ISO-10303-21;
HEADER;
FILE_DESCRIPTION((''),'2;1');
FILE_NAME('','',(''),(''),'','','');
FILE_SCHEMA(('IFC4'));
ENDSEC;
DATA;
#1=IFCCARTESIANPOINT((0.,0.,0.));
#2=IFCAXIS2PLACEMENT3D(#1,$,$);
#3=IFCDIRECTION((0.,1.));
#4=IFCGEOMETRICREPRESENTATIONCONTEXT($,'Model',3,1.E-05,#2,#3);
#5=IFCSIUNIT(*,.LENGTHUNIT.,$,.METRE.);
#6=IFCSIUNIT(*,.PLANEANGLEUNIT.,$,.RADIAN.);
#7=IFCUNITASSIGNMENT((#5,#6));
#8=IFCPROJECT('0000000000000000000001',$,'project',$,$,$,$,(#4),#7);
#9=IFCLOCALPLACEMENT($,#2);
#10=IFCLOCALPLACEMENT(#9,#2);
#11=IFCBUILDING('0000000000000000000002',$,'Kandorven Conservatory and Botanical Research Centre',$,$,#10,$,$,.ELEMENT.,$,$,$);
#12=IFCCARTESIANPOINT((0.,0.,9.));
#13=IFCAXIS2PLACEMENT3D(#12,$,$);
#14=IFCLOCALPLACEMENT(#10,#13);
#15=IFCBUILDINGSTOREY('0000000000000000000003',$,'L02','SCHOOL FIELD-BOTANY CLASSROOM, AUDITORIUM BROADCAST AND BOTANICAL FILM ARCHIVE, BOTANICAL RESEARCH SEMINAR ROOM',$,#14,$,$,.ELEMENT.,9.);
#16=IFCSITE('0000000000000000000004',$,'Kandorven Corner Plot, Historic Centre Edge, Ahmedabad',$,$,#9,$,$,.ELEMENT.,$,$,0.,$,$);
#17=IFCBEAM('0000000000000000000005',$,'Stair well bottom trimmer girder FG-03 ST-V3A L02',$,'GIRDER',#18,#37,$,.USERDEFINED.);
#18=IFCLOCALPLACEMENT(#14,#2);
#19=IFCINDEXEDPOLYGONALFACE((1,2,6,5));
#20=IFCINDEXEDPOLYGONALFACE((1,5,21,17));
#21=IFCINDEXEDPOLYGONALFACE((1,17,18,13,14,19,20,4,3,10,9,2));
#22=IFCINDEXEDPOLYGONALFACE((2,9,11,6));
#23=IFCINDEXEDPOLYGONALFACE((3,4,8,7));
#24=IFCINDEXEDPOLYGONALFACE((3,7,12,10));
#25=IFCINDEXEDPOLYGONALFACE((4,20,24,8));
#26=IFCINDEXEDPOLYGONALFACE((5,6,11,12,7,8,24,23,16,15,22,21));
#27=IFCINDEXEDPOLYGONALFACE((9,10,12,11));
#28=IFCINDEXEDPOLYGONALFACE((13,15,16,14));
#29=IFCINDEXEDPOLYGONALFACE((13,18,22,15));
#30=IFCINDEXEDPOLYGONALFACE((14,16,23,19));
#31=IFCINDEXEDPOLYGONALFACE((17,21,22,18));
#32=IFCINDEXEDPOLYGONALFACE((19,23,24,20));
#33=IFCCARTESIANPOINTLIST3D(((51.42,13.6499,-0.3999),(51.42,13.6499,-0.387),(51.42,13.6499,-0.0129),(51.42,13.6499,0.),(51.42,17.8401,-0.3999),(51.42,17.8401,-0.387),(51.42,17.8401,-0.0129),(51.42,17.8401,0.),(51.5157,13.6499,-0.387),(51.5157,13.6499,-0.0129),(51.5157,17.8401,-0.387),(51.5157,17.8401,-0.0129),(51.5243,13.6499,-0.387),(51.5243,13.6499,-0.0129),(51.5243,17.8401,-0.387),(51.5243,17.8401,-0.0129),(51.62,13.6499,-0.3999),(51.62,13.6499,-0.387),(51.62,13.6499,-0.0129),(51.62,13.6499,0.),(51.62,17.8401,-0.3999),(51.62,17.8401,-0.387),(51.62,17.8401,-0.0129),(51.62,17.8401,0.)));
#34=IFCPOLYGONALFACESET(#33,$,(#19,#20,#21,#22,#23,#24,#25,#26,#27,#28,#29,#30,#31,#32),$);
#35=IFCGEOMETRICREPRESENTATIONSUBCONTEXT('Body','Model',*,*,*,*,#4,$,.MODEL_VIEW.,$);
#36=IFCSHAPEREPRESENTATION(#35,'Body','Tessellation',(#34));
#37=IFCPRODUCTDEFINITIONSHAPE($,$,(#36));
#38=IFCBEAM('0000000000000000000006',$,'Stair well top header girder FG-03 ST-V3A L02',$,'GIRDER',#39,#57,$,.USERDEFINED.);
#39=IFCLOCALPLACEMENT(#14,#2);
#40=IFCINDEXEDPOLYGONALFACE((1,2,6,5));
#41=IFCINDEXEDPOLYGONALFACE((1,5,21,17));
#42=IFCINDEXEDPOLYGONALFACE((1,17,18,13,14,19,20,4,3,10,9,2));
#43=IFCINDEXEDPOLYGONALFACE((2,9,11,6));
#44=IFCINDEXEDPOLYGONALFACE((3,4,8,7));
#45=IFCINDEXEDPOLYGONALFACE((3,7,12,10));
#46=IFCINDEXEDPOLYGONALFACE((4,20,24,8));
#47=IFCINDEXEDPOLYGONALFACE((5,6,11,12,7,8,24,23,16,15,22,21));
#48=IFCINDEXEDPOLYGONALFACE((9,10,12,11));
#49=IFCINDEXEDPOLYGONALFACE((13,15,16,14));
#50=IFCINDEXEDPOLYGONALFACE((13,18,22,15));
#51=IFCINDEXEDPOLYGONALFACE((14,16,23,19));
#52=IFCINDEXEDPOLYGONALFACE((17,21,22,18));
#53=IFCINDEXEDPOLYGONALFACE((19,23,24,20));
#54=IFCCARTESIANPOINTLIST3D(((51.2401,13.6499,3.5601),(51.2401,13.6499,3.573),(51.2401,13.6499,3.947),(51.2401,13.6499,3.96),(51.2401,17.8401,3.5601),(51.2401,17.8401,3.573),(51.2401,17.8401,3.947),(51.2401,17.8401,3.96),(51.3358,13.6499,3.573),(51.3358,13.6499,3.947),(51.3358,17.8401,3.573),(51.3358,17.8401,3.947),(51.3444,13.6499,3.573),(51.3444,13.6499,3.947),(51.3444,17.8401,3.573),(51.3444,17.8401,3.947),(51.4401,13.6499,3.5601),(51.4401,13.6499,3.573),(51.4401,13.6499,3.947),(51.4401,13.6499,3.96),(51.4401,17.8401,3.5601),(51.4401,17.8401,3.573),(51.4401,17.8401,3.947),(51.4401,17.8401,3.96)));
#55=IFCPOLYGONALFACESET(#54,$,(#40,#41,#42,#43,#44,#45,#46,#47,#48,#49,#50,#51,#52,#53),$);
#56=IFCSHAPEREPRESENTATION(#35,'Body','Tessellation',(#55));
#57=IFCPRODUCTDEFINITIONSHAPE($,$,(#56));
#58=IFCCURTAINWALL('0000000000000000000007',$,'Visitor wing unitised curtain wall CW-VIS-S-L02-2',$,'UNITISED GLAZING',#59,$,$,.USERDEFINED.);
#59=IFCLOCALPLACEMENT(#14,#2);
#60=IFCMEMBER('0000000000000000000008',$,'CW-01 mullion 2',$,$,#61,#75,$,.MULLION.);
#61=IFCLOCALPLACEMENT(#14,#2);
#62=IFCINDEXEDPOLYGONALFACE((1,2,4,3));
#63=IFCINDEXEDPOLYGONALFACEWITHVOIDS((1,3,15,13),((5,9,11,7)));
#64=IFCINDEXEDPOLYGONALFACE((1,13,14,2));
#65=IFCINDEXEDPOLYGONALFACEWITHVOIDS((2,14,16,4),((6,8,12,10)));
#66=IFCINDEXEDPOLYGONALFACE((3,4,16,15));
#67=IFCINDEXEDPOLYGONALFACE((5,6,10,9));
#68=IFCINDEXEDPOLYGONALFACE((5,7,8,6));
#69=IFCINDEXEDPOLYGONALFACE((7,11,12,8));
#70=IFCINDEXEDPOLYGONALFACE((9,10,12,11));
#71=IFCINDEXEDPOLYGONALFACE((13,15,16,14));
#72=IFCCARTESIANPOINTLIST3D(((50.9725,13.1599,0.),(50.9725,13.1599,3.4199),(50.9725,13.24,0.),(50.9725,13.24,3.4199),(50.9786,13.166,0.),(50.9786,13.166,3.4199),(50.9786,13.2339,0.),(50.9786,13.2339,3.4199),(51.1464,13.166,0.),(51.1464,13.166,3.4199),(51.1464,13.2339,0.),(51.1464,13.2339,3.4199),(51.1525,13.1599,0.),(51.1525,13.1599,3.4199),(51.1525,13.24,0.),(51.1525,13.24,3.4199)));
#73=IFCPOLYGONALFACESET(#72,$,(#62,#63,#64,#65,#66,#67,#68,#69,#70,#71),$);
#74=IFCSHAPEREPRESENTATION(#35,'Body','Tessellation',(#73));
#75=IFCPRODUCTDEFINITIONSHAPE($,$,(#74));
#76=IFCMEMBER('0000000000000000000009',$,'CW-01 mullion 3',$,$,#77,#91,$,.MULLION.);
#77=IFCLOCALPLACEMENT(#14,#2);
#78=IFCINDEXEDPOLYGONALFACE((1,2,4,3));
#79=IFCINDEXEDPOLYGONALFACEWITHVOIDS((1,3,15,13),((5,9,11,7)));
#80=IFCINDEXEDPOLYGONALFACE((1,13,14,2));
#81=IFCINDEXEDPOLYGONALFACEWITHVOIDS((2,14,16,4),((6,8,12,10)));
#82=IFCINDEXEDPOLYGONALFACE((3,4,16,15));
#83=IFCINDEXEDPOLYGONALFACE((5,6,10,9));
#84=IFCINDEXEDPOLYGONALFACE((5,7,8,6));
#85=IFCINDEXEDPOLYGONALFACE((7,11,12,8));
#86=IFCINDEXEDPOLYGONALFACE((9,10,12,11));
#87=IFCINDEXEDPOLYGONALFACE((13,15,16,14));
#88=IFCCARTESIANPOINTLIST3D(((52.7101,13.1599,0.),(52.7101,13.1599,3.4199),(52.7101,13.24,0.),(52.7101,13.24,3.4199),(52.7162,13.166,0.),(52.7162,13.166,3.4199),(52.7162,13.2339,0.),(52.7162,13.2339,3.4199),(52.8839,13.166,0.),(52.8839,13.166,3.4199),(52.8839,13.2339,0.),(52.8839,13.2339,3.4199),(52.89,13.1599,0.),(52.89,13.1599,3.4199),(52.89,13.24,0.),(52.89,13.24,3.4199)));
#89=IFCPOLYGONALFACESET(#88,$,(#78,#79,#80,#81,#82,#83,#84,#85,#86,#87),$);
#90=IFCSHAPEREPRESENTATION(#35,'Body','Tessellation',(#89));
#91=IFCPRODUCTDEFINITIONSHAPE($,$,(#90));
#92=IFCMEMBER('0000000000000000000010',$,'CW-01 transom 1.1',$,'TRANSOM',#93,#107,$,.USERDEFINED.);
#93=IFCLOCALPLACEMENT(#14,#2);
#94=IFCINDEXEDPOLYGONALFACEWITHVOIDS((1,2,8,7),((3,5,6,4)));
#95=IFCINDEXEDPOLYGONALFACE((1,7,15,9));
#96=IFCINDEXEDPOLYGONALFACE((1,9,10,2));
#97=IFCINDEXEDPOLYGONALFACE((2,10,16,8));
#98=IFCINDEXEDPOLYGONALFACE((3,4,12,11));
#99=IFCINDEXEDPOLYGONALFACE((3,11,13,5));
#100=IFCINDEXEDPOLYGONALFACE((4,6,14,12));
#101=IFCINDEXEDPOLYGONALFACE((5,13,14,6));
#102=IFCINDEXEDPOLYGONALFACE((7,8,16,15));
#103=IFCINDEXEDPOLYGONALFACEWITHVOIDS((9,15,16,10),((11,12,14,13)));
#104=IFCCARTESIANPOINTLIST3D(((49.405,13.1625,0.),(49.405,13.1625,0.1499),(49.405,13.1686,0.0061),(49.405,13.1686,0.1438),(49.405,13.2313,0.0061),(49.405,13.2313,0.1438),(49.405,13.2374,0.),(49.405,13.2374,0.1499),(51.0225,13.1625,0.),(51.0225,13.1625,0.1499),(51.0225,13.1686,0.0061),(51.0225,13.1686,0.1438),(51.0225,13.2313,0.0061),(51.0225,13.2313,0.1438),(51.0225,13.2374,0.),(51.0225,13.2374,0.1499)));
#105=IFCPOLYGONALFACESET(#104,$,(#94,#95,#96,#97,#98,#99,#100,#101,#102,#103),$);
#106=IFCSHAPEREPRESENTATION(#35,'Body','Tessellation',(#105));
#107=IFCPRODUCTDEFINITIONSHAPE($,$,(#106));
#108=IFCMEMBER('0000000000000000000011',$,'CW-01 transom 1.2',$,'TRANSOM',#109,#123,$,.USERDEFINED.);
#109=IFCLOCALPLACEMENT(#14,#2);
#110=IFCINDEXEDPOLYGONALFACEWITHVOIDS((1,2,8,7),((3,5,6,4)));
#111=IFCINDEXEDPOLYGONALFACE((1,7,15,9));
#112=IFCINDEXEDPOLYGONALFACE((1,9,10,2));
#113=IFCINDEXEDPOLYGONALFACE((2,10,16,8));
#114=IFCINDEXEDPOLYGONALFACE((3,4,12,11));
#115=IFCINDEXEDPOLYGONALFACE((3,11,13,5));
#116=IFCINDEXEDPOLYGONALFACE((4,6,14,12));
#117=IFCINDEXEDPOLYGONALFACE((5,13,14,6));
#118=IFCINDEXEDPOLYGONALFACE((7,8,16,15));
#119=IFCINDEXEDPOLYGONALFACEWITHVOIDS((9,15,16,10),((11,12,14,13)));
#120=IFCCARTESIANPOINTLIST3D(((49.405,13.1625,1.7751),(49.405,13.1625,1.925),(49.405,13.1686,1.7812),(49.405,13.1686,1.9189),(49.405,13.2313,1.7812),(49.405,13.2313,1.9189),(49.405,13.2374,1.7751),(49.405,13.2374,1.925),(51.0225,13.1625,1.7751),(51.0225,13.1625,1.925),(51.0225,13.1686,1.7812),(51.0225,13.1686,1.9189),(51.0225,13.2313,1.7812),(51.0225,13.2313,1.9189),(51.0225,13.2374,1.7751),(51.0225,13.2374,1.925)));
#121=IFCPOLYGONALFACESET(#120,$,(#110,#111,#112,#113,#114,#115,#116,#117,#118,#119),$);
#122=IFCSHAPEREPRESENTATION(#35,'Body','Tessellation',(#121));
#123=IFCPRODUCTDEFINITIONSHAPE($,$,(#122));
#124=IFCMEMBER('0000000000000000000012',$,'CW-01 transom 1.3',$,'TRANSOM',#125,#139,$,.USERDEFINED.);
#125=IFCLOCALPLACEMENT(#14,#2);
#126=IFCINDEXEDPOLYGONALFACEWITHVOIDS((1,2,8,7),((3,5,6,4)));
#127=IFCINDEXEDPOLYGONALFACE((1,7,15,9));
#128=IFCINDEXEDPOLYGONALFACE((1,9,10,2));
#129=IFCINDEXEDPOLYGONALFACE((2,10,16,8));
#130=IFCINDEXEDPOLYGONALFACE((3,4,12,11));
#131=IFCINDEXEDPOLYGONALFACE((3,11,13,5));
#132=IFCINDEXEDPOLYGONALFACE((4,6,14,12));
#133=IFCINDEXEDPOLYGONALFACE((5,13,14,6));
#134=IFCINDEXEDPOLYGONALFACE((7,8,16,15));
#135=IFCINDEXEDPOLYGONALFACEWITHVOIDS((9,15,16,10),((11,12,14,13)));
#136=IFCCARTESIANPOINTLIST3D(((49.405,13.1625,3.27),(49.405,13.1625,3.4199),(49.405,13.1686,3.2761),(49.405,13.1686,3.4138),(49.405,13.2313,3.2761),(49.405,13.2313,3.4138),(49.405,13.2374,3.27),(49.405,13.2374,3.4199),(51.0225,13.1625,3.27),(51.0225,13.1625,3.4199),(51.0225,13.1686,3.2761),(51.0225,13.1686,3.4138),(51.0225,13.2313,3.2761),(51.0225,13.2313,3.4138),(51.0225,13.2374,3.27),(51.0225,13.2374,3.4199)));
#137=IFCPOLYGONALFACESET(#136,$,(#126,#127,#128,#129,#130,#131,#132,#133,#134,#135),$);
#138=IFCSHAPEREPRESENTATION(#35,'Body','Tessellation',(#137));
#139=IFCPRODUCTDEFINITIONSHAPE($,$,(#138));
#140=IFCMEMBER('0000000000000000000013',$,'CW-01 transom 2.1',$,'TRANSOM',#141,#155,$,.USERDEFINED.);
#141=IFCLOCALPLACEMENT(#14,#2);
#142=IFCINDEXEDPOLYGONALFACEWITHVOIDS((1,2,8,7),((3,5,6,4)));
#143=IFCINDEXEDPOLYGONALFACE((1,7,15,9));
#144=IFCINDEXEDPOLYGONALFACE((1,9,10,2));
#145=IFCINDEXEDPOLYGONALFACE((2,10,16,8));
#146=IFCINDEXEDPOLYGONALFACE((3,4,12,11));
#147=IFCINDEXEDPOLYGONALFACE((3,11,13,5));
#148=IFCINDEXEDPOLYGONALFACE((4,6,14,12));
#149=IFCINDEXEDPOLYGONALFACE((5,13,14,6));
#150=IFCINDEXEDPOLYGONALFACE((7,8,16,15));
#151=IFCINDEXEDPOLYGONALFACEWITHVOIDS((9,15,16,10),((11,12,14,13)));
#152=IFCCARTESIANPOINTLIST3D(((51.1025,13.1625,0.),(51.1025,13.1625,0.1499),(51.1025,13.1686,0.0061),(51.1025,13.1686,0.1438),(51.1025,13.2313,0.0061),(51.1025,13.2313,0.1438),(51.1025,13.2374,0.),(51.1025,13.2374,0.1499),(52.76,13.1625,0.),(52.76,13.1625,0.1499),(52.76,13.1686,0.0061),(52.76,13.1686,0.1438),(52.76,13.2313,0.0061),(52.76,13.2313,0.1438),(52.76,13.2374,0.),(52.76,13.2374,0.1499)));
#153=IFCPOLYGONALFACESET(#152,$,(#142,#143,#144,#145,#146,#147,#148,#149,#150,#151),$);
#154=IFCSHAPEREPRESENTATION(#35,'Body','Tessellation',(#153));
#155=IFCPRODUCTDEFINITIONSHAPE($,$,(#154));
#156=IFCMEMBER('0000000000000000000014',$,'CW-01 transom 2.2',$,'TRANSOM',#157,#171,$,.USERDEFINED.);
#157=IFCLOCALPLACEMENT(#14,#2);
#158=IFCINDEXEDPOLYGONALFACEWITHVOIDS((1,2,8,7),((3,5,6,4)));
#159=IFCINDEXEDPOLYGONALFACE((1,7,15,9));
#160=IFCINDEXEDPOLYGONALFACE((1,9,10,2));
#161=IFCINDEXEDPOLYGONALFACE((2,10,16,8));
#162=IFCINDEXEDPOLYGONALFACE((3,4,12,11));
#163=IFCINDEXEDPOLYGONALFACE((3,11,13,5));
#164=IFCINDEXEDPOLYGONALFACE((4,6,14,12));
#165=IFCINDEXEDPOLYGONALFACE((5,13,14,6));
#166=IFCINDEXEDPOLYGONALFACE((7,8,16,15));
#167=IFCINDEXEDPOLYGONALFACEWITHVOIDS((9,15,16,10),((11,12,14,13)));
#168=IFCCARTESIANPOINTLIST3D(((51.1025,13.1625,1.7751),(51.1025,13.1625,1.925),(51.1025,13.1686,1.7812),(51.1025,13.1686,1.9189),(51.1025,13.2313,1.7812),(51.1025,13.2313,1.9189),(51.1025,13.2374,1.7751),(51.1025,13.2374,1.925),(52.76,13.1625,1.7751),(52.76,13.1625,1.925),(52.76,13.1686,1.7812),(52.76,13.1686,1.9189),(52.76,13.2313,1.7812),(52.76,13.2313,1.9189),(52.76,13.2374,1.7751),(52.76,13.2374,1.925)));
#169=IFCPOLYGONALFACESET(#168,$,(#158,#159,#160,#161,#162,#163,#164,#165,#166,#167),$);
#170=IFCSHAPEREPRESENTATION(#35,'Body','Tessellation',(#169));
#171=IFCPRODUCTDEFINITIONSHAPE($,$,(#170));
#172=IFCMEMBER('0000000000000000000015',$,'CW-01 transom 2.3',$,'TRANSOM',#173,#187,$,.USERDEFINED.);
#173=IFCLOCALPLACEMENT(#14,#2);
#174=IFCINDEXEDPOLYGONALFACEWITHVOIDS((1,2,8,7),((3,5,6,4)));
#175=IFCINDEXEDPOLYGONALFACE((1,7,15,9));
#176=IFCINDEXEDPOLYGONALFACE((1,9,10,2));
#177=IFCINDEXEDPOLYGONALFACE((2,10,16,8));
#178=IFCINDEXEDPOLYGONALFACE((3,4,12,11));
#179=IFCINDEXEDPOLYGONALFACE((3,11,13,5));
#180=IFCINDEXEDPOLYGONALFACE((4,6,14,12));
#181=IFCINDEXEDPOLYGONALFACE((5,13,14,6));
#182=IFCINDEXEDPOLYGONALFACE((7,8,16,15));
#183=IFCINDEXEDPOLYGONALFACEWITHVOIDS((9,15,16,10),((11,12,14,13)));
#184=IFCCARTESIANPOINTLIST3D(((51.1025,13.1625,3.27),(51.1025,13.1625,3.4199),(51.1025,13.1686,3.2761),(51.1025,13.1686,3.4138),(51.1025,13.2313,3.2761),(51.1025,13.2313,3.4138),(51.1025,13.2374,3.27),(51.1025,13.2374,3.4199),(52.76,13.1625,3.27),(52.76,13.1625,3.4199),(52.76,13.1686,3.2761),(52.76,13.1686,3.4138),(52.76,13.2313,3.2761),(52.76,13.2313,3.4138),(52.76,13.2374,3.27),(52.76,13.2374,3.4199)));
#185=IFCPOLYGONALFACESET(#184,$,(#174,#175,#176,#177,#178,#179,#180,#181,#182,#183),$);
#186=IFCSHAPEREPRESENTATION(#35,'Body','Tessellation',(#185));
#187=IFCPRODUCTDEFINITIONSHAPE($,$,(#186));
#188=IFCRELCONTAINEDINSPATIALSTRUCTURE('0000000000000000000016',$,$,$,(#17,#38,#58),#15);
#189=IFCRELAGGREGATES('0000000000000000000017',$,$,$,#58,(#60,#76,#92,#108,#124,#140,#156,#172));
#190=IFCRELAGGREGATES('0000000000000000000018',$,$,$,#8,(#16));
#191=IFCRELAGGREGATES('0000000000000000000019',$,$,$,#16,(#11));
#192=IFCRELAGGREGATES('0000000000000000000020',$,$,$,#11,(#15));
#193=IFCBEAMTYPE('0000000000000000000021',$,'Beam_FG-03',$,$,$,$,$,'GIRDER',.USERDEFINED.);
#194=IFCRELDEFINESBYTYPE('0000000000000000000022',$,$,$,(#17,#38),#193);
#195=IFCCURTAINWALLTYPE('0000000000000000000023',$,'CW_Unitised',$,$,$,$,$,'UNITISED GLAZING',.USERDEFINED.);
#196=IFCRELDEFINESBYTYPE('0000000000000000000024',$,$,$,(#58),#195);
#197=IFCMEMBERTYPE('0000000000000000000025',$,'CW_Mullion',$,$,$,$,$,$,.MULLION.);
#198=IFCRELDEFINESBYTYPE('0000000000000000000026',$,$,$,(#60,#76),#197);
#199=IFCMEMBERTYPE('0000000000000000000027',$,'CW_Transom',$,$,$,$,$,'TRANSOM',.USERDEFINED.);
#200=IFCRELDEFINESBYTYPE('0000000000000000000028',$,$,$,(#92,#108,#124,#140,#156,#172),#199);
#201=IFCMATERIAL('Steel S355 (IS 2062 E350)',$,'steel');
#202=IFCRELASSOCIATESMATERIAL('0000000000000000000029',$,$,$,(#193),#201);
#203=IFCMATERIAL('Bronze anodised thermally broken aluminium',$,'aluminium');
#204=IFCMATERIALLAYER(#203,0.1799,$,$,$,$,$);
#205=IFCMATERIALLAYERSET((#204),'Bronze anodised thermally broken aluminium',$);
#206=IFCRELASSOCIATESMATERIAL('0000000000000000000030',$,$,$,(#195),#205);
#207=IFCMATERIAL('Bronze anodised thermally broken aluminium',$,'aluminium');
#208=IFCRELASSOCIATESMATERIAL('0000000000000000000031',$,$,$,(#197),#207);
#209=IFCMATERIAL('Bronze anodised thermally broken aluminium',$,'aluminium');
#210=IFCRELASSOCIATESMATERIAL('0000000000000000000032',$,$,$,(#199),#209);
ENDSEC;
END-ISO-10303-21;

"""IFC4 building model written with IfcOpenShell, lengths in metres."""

from ifc_helpers import new_model, si_unit, direction, frame, origin, origin_2d, place, context, subcontext, project, spatial, hollow_rectangle, i_section, extrude, material, layer, layer_set, material_profile, profile_set, type_object, element, aggregate, save


model = new_model("IFC4")

# Units and contexts
model_context = context("Model", 3, precision=1e-05, world=origin(), true_north=direction((0.0, 1.0)))
body_context = subcontext(model_context, "Body", "Model", "MODEL_VIEW")
ifc_project = project(units=[si_unit("LENGTHUNIT", "METRE"), si_unit("PLANEANGLEUNIT", "RADIAN")], contexts=[model_context])

# Site, building, storey
site_placement = place(None, origin())
site = spatial("IfcSite", under=ifc_project, at=site_placement, Name="Kandorven Corner Plot, Historic Centre Edge, Ahmedabad", CompositionType="ELEMENT", RefElevation=0.0)
building_placement = place(site_placement, origin())
building = spatial("IfcBuilding", under=site, at=building_placement, Name="Kandorven Conservatory and Botanical Research Centre", CompositionType="ELEMENT")
storey_placement = place(building_placement, frame((0.0, 0.0, 9.0)))
storey = spatial("IfcBuildingStorey", under=building, at=storey_placement, Name="L02", Description="SCHOOL FIELD-BOTANY CLASSROOM, AUDITORIUM BROADCAST AND BOTANICAL FILM ARCHIVE, BOTANICAL RESEARCH SEMINAR ROOM", CompositionType="ELEMENT", Elevation=9.0)

# Beams
ifc_material_1 = material(Name="Steel S355 (IS 2062 E350)", Category="steel")
ifc_material_profile_1 = material_profile(ifc_material_1, i_section(OverallWidth=0.2, OverallDepth=0.3999, WebThickness=0.0085, FlangeThickness=0.0129, at=origin_2d()))
ifc_profile_set_1 = profile_set([ifc_material_profile_1], Name="Steel S355 (IS 2062 E350)")
beam_type = type_object("IfcBeamType", Name="Beam_FG-03", ElementType="GIRDER", PredefinedType="USERDEFINED", material=ifc_profile_set_1)
for number, where, z_axis, x_axis, name in (
    (1, (51.52, 13.6499, -0.2), (0.0, 1.0, 0.0), (-1.0, 0.0, 0.0), "Stair well bottom trimmer girder FG-03 ST-V3A L02"),
    (2, (51.3401, 13.6499, 3.76), (0.0, 1.0, 0.0), (-1.0, 0.0, 0.0), "Stair well top header girder FG-03 ST-V3A L02"),
):
    element("IfcBeam", number, at=place(storey_placement, frame(where, z_axis=z_axis, x_axis=x_axis)), inside=storey, type_object=beam_type, Name=name, ObjectType="GIRDER", PredefinedType="USERDEFINED", context=body_context, shape_type="SweptSolid", body=[
        extrude(i_section(OverallWidth=0.2, OverallDepth=0.3999, WebThickness=0.0085, FlangeThickness=0.0129, at=origin_2d()), origin(), (0.0, 0.0, 1.0), 4.1902),
    ])

# Curtain wall, members
ifc_material_2 = material(Name="Bronze anodised thermally broken aluminium", Category="aluminium")
ifc_layer_1 = layer(ifc_material_2, 0.1799)
ifc_layer_set_1 = layer_set([ifc_layer_1], Name="Bronze anodised thermally broken aluminium")
curtain_wall_type = type_object("IfcCurtainWallType", Name="CW_Unitised", ElementType="UNITISED GLAZING", PredefinedType="USERDEFINED", material=ifc_layer_set_1)
curtain_wall_placement = place(storey_placement, origin())
curtain_wall = element("IfcCurtainWall", 3, at=curtain_wall_placement, inside=storey, type_object=curtain_wall_type, Name="Visitor wing unitised curtain wall CW-VIS-S-L02-2", ObjectType="UNITISED GLAZING", PredefinedType="USERDEFINED")
ifc_material_3 = material(Name="Bronze anodised thermally broken aluminium", Category="aluminium")
ifc_material_profile_2 = material_profile(ifc_material_3, hollow_rectangle(XDim=0.0801, YDim=0.1799, WallThickness=0.0061, at=origin_2d()))
ifc_profile_set_2 = profile_set([ifc_material_profile_2], Name="Bronze anodised thermally broken aluminium")
member_type_1 = type_object("IfcMemberType", Name="CW_Mullion", PredefinedType="MULLION", material=ifc_profile_set_2)
member_1_placement = place(storey_placement, frame((51.0625, 13.2, 0.0), z_axis=(0.0, 0.0, 1.0), x_axis=(0.0, 1.0, 0.0)))
member_1 = element("IfcMember", 4, at=member_1_placement, type_object=member_type_1, Name="CW-01 mullion 2", PredefinedType="MULLION", context=body_context, shape_type="SweptSolid", body=[
    extrude(hollow_rectangle(XDim=0.0801, YDim=0.1799, WallThickness=0.0061, at=origin_2d()), origin(), (0.0, 0.0, 1.0), 3.4199),
])
member_2_placement = place(storey_placement, frame((52.8, 13.2, 0.0), z_axis=(0.0, 0.0, 1.0), x_axis=(0.0, 1.0, 0.0)))
member_2 = element("IfcMember", 5, at=member_2_placement, type_object=member_type_1, Name="CW-01 mullion 3", PredefinedType="MULLION", context=body_context, shape_type="SweptSolid", body=[
    extrude(hollow_rectangle(XDim=0.0801, YDim=0.1799, WallThickness=0.0061, at=origin_2d()), origin(), (0.0, 0.0, 1.0), 3.4199),
])
ifc_material_4 = material(Name="Bronze anodised thermally broken aluminium", Category="aluminium")
ifc_material_profile_3 = material_profile(ifc_material_4, hollow_rectangle(XDim=0.075, YDim=0.1499, WallThickness=0.0061, at=origin_2d()))
ifc_profile_set_3 = profile_set([ifc_material_profile_3], Name="Bronze anodised thermally broken aluminium")
member_type_2 = type_object("IfcMemberType", Name="CW_Transom", ElementType="TRANSOM", PredefinedType="USERDEFINED", material=ifc_profile_set_3)
member_3_placement = place(storey_placement, frame((49.405, 13.2, 0.075), z_axis=(1.0, 0.0, 0.0), x_axis=(0.0, 1.0, 0.0)))
member_3 = element("IfcMember", 6, at=member_3_placement, type_object=member_type_2, Name="CW-01 transom 1.1", ObjectType="TRANSOM", PredefinedType="USERDEFINED", context=body_context, shape_type="SweptSolid", body=[
    extrude(hollow_rectangle(XDim=0.075, YDim=0.1499, WallThickness=0.0061, at=origin_2d()), origin(), (0.0, 0.0, 1.0), 1.6174),
])
member_4_placement = place(storey_placement, frame((49.405, 13.2, 1.8501), z_axis=(1.0, 0.0, 0.0), x_axis=(0.0, 1.0, 0.0)))
member_4 = element("IfcMember", 7, at=member_4_placement, type_object=member_type_2, Name="CW-01 transom 1.2", ObjectType="TRANSOM", PredefinedType="USERDEFINED", context=body_context, shape_type="SweptSolid", body=[
    extrude(hollow_rectangle(XDim=0.075, YDim=0.1499, WallThickness=0.0061, at=origin_2d()), origin(), (0.0, 0.0, 1.0), 1.6174),
])
member_5_placement = place(storey_placement, frame((49.405, 13.2, 3.345), z_axis=(1.0, 0.0, 0.0), x_axis=(0.0, 1.0, 0.0)))
member_5 = element("IfcMember", 8, at=member_5_placement, type_object=member_type_2, Name="CW-01 transom 1.3", ObjectType="TRANSOM", PredefinedType="USERDEFINED", context=body_context, shape_type="SweptSolid", body=[
    extrude(hollow_rectangle(XDim=0.075, YDim=0.1499, WallThickness=0.0061, at=origin_2d()), origin(), (0.0, 0.0, 1.0), 1.6174),
])
member_6_placement = place(storey_placement, frame((51.1025, 13.2, 0.075), z_axis=(1.0, 0.0, 0.0), x_axis=(0.0, 1.0, 0.0)))
member_6 = element("IfcMember", 9, at=member_6_placement, type_object=member_type_2, Name="CW-01 transom 2.1", ObjectType="TRANSOM", PredefinedType="USERDEFINED", context=body_context, shape_type="SweptSolid", body=[
    extrude(hollow_rectangle(XDim=0.075, YDim=0.1499, WallThickness=0.0061, at=origin_2d()), origin(), (0.0, 0.0, 1.0), 1.6575),
])
member_7_placement = place(storey_placement, frame((51.1025, 13.2, 1.8501), z_axis=(1.0, 0.0, 0.0), x_axis=(0.0, 1.0, 0.0)))
member_7 = element("IfcMember", 10, at=member_7_placement, type_object=member_type_2, Name="CW-01 transom 2.2", ObjectType="TRANSOM", PredefinedType="USERDEFINED", context=body_context, shape_type="SweptSolid", body=[
    extrude(hollow_rectangle(XDim=0.075, YDim=0.1499, WallThickness=0.0061, at=origin_2d()), origin(), (0.0, 0.0, 1.0), 1.6575),
])
member_8_placement = place(storey_placement, frame((51.1025, 13.2, 3.345), z_axis=(1.0, 0.0, 0.0), x_axis=(0.0, 1.0, 0.0)))
member_8 = element("IfcMember", 11, at=member_8_placement, type_object=member_type_2, Name="CW-01 transom 2.3", ObjectType="TRANSOM", PredefinedType="USERDEFINED", context=body_context, shape_type="SweptSolid", body=[
    extrude(hollow_rectangle(XDim=0.075, YDim=0.1499, WallThickness=0.0061, at=origin_2d()), origin(), (0.0, 0.0, 1.0), 1.6575),
])
aggregate(curtain_wall, [member_1, member_2, member_3, member_4, member_5, member_6, member_7, member_8])

save(model, "model.ifc")
